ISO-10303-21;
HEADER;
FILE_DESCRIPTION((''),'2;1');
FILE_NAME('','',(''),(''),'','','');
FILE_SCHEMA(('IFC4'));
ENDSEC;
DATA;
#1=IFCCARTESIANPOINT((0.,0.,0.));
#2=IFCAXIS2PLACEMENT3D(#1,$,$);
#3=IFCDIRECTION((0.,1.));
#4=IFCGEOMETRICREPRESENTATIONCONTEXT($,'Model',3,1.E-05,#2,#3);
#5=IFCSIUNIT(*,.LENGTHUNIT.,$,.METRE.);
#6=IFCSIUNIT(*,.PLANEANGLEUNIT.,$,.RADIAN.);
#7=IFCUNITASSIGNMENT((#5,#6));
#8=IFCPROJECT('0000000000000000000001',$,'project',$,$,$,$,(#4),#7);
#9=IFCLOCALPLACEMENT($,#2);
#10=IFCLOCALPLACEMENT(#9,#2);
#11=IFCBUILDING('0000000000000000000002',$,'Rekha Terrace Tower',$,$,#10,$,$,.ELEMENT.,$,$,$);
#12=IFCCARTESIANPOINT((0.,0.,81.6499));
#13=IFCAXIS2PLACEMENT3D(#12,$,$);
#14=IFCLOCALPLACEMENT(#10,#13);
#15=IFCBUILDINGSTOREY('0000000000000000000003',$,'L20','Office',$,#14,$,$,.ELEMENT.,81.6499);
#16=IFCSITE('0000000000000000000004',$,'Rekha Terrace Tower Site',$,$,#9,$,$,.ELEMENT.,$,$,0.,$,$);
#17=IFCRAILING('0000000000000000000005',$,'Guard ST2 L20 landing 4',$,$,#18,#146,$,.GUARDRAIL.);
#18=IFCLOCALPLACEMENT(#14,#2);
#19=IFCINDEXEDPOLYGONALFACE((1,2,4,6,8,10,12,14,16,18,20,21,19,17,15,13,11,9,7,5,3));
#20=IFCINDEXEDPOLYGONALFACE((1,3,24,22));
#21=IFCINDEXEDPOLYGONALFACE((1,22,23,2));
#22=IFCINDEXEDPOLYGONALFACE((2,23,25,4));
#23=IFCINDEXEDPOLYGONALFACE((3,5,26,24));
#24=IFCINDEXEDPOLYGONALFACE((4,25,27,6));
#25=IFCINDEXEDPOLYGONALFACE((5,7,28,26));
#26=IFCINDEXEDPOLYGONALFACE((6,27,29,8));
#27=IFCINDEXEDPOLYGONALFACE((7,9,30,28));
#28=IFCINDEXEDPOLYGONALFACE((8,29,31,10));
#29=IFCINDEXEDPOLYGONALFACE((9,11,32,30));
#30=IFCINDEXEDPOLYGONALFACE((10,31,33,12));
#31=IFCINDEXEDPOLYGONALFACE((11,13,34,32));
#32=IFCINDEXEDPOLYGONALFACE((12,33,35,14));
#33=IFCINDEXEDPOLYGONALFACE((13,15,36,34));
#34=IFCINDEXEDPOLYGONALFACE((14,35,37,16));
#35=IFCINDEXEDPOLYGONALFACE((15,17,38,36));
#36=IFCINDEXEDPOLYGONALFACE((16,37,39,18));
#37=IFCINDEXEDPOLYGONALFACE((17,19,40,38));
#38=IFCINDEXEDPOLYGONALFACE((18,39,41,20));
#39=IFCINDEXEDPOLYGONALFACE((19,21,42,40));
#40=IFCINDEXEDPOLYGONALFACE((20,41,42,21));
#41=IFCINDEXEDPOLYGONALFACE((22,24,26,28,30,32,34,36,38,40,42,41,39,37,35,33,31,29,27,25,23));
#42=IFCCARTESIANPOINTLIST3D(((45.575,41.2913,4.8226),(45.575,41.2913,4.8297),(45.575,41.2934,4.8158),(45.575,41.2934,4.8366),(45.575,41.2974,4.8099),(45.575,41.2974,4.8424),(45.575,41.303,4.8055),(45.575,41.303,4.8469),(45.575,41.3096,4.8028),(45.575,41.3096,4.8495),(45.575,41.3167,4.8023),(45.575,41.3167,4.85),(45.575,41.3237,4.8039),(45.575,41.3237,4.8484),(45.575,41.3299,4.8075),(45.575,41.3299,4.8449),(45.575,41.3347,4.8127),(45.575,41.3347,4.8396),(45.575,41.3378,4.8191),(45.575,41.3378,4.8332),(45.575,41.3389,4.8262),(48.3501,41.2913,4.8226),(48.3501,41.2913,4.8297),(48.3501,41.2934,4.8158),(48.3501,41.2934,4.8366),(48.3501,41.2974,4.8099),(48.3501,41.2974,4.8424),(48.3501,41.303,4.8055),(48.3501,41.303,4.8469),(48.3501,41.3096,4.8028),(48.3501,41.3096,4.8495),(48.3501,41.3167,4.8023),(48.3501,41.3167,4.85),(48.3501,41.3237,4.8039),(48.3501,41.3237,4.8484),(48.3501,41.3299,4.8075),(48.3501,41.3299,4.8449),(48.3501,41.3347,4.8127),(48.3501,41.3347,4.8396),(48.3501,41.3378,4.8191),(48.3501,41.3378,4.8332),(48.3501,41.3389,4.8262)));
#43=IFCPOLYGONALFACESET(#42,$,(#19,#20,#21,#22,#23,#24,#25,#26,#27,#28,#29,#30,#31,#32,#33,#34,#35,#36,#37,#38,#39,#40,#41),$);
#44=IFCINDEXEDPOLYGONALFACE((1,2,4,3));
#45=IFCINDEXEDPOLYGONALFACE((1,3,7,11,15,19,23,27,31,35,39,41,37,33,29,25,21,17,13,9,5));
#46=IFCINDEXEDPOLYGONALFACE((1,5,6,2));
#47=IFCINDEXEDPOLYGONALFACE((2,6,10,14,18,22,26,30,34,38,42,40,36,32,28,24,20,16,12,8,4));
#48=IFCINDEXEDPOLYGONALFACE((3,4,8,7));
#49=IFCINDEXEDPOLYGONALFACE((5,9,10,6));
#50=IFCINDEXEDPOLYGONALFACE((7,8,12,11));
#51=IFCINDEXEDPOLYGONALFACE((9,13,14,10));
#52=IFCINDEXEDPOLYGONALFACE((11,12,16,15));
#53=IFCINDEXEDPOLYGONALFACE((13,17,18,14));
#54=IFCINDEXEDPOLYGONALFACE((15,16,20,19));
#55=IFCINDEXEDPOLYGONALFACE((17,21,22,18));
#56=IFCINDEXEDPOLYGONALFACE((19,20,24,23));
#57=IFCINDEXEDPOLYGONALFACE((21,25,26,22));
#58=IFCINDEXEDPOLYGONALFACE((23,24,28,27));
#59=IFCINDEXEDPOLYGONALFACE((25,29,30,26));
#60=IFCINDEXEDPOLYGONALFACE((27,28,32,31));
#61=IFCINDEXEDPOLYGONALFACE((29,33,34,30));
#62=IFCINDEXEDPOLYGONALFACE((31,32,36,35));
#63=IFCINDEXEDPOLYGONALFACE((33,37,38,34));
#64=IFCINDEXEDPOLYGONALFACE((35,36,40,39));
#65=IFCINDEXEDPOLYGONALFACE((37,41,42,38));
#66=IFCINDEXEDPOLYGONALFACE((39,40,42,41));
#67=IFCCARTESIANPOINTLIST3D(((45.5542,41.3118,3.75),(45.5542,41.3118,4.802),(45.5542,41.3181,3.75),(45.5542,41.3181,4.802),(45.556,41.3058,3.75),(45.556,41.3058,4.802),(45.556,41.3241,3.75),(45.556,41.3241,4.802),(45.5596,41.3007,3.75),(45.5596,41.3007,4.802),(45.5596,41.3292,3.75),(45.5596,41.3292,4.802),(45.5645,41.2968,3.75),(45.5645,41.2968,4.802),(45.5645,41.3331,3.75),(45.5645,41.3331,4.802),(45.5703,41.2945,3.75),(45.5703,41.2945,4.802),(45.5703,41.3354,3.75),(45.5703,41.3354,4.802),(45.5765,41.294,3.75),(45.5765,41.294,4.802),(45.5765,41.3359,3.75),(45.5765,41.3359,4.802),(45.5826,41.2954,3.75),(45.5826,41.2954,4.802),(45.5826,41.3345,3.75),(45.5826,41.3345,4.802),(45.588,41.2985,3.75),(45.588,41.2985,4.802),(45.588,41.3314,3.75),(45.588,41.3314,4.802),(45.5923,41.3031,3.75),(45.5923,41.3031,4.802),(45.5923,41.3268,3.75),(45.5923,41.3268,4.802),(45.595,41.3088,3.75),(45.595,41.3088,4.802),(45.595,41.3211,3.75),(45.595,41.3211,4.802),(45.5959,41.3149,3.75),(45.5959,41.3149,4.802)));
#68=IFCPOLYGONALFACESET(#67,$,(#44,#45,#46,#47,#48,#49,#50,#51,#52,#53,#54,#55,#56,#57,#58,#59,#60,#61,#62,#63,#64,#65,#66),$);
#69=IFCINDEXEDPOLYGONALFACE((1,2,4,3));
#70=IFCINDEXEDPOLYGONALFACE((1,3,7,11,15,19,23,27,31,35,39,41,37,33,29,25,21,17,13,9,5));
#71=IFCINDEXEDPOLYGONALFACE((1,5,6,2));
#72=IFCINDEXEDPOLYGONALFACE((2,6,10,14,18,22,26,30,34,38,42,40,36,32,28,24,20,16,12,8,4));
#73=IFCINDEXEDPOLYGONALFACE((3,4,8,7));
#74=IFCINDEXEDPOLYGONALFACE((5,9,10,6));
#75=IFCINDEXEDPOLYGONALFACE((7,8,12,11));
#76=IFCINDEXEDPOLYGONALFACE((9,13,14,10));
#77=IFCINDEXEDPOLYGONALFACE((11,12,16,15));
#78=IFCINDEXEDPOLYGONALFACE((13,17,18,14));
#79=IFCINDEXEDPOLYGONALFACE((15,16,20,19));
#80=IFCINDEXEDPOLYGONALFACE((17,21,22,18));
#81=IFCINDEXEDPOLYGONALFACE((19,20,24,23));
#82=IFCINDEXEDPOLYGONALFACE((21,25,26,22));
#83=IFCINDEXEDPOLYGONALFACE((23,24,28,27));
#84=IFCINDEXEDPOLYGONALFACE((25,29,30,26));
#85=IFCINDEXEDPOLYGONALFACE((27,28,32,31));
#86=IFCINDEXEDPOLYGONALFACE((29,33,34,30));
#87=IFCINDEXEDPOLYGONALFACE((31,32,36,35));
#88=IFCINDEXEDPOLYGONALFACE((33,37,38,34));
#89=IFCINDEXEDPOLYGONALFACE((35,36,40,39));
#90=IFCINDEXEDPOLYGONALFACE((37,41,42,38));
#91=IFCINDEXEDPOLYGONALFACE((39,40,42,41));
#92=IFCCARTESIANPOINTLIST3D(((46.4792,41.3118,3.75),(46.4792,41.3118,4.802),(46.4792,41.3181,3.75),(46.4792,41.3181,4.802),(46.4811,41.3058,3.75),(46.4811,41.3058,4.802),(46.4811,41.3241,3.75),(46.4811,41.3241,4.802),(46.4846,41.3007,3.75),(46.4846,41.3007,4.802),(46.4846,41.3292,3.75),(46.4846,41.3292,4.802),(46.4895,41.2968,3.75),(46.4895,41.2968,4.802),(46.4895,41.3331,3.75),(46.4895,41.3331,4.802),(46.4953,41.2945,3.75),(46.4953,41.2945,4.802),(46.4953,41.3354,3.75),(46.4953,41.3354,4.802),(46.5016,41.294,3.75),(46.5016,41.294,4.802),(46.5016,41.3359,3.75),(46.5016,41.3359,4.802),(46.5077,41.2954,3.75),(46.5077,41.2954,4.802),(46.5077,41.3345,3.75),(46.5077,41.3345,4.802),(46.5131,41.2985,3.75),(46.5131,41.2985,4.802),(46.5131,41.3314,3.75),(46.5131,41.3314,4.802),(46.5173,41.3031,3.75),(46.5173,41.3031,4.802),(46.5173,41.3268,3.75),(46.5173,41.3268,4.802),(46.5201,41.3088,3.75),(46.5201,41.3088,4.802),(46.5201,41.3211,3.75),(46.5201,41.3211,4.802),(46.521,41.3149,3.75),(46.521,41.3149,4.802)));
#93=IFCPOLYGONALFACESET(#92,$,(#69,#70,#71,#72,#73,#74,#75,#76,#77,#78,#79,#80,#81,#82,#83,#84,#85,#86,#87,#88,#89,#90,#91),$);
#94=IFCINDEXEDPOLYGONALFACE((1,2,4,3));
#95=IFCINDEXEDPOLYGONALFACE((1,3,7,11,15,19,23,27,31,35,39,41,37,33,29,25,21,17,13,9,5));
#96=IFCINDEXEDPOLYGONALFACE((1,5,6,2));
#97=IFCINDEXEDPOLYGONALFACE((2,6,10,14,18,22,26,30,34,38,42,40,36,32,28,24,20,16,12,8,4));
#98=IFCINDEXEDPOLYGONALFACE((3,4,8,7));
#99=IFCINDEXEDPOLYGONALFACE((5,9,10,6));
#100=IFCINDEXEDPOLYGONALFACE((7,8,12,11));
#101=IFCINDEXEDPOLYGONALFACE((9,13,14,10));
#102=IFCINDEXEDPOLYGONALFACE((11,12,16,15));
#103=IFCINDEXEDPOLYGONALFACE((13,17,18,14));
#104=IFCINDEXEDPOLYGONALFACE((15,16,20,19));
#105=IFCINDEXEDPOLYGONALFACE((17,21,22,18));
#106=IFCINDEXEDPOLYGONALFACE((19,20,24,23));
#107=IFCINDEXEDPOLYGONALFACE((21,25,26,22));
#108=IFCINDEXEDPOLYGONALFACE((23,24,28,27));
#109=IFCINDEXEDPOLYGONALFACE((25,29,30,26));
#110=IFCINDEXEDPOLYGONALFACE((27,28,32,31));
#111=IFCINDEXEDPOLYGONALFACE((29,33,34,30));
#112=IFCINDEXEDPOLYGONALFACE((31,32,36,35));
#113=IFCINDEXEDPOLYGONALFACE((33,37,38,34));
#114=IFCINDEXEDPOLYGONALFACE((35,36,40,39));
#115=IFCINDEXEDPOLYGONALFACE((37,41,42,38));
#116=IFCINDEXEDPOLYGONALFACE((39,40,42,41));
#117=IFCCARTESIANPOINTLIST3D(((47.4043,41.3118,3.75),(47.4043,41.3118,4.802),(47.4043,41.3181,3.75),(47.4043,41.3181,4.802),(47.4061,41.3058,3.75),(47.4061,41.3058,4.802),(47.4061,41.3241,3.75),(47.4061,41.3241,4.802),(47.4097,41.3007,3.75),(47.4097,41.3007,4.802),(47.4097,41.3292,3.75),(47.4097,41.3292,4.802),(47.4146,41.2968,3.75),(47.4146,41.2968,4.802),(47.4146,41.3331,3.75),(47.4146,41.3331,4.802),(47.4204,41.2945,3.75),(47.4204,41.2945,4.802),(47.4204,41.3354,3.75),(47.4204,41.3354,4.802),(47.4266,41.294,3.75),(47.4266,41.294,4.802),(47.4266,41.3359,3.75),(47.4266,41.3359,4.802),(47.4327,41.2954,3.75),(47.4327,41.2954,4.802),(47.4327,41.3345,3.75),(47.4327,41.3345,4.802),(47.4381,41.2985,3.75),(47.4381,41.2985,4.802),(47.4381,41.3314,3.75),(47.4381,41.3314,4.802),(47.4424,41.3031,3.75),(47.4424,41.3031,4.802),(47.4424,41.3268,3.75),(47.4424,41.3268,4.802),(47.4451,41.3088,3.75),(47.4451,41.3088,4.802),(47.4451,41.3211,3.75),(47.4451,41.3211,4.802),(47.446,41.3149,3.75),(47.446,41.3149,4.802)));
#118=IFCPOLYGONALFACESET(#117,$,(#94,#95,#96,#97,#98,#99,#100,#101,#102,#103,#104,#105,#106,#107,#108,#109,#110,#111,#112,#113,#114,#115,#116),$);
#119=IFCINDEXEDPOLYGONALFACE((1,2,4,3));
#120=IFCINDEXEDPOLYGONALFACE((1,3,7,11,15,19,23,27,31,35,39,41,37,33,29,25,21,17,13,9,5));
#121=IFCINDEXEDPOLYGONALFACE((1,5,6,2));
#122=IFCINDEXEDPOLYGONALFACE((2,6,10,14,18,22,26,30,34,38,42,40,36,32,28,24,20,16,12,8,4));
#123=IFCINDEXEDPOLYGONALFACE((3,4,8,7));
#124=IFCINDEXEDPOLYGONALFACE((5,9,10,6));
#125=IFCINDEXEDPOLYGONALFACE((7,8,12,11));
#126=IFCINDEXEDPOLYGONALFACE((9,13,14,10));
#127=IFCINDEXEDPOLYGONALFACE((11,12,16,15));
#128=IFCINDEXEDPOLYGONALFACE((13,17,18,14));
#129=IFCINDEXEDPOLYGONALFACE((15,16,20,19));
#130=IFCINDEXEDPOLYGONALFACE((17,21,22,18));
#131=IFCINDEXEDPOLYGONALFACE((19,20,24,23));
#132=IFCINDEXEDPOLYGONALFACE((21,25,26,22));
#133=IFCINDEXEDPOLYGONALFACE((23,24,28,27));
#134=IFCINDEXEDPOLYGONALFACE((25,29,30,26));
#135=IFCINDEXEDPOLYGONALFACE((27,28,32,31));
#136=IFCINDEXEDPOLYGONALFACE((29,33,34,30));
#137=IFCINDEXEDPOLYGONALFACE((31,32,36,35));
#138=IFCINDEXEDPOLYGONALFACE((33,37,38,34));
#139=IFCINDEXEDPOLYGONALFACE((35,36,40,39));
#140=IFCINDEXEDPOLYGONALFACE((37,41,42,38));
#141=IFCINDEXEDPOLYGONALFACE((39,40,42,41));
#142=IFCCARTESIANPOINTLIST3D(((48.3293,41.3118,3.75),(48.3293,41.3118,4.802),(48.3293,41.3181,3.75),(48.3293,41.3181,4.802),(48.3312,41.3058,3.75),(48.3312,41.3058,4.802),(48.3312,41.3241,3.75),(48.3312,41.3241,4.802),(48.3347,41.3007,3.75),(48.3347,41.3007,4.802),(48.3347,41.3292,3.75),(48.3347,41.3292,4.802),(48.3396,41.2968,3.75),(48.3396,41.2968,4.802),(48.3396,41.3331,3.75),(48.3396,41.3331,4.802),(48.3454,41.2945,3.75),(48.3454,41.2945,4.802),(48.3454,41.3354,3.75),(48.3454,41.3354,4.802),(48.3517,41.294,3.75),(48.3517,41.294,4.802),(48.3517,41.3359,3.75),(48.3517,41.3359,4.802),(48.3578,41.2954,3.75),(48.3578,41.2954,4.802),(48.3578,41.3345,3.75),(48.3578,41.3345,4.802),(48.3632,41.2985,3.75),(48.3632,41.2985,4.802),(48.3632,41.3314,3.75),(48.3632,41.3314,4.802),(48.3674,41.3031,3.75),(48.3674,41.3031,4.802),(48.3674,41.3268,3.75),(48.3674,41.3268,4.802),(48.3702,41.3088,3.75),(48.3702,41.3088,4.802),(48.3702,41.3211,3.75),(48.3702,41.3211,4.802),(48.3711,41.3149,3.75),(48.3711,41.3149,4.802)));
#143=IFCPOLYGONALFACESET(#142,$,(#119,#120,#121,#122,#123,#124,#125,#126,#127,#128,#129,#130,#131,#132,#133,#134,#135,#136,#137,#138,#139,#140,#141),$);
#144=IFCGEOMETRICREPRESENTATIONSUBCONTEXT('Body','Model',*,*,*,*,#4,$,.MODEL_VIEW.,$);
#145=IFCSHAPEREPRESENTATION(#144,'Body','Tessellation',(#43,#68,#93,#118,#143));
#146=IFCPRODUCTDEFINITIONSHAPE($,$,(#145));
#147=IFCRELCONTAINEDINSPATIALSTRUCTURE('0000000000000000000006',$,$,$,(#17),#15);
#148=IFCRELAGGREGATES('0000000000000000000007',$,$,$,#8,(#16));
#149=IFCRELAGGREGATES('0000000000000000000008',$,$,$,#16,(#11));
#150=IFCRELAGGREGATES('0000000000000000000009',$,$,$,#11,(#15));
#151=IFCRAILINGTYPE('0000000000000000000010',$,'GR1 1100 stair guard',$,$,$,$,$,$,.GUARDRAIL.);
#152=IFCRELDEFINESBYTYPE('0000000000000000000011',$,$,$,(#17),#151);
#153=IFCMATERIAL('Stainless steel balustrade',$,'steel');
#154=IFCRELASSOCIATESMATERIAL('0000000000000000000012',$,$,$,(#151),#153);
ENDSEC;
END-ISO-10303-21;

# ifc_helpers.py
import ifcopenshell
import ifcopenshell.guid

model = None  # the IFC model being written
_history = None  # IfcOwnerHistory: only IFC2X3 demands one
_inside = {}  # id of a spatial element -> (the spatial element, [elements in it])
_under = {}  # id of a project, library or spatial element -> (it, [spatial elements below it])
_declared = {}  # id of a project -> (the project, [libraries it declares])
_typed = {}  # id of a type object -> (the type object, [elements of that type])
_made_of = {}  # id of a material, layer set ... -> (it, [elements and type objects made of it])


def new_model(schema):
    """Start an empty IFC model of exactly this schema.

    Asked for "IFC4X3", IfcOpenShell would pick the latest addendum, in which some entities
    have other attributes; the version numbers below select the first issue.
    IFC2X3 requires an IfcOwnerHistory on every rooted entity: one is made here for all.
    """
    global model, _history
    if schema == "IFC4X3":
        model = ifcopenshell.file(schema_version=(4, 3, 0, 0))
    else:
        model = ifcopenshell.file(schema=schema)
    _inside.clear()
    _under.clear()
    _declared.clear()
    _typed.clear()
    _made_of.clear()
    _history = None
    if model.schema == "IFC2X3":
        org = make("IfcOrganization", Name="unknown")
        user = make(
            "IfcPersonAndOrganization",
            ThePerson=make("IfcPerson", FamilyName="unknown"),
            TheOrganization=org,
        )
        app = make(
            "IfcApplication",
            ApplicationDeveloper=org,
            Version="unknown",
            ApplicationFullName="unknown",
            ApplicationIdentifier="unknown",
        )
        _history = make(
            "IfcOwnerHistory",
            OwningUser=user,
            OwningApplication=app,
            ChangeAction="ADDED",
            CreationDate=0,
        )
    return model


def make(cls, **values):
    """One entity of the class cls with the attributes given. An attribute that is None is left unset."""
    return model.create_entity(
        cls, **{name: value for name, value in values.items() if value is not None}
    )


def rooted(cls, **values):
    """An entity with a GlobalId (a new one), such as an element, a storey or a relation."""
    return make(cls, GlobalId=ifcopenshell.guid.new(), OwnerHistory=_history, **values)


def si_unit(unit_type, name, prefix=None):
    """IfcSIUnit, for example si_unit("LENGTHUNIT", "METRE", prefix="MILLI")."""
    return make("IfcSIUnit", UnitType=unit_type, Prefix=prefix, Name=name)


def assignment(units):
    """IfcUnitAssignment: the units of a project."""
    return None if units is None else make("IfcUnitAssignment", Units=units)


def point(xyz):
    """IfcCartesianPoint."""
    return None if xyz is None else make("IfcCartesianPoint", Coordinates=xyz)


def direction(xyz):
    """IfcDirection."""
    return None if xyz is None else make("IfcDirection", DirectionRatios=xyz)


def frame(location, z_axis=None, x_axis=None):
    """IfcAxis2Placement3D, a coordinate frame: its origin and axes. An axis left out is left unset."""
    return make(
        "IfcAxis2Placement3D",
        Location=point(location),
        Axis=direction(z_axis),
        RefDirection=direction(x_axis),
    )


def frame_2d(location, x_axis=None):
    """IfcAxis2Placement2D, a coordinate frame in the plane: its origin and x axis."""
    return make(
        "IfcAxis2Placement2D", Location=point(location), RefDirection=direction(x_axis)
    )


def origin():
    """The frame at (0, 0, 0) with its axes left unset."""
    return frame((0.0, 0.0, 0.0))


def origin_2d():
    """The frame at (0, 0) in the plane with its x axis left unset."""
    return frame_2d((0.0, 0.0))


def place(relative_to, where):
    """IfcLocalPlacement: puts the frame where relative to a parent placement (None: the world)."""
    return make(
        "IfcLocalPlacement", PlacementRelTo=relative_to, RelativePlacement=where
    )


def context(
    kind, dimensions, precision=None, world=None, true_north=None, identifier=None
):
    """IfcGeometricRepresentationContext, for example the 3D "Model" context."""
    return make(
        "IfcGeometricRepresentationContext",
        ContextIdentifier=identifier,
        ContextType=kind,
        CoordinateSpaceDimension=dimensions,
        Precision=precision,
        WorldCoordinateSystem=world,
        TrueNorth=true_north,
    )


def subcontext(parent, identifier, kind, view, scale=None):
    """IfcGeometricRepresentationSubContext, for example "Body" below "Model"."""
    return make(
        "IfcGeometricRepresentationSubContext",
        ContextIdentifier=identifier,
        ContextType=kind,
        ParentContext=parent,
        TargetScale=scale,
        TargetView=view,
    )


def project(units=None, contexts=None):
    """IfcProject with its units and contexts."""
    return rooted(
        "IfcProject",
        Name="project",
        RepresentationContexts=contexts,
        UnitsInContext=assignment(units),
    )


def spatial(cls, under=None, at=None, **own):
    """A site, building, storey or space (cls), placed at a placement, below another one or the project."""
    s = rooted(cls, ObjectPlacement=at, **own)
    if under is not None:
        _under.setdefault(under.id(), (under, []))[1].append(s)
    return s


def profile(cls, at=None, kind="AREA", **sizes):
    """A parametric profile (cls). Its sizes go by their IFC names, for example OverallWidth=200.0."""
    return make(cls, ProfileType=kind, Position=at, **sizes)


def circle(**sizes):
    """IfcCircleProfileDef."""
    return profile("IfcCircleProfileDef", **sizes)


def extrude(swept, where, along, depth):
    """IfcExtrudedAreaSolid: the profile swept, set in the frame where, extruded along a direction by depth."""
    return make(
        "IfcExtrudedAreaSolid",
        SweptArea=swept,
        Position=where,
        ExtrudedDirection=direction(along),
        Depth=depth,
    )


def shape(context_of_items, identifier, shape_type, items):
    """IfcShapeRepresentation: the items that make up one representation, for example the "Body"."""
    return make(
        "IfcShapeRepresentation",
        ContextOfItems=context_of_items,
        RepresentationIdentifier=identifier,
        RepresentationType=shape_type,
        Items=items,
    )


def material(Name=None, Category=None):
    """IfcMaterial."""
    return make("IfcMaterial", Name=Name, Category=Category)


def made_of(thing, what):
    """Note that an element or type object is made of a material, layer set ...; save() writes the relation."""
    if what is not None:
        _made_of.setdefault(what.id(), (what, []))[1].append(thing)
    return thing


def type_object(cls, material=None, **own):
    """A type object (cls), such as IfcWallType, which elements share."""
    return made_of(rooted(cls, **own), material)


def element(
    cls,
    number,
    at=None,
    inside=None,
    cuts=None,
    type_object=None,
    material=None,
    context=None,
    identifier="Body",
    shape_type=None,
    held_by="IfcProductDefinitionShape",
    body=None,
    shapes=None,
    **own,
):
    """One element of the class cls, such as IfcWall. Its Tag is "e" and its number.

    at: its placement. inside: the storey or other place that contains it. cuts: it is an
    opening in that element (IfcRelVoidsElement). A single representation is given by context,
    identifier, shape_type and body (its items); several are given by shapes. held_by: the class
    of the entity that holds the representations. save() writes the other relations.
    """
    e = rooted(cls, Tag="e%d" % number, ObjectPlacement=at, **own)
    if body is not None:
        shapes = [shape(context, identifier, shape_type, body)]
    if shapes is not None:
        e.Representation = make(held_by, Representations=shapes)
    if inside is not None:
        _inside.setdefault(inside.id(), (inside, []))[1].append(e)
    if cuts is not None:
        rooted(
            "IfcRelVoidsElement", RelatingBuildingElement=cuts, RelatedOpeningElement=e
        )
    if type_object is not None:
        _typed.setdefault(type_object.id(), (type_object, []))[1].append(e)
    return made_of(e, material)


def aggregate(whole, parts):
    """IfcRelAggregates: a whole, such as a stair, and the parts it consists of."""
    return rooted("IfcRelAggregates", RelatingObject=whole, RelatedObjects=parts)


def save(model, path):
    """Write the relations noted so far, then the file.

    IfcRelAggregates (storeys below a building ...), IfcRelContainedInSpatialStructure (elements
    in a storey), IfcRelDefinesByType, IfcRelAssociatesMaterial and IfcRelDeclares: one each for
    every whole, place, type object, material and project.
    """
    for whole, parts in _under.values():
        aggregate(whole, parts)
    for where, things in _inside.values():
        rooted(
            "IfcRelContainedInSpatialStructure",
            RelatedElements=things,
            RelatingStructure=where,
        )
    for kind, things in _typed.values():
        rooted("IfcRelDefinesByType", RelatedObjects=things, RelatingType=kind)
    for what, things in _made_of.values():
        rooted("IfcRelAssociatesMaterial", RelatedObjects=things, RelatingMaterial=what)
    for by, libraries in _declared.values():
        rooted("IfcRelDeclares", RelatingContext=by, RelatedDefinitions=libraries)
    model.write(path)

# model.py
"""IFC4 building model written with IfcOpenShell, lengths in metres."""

from ifc_helpers import new_model, si_unit, direction, frame, origin, origin_2d, place, context, subcontext, project, spatial, circle, extrude, material, type_object, element, save


model = new_model("IFC4")

# Units and contexts
model_context = context("Model", 3, precision=1e-05, world=origin(), true_north=direction((0.0, 1.0)))
body_context = subcontext(model_context, "Body", "Model", "MODEL_VIEW")
ifc_project = project(units=[si_unit("LENGTHUNIT", "METRE"), si_unit("PLANEANGLEUNIT", "RADIAN")], contexts=[model_context])

# Site, building, storey
site_placement = place(None, origin())
site = spatial("IfcSite", under=ifc_project, at=site_placement, Name="Rekha Terrace Tower Site", CompositionType="ELEMENT", RefElevation=0.0)
building_placement = place(site_placement, origin())
building = spatial("IfcBuilding", under=site, at=building_placement, Name="Rekha Terrace Tower", CompositionType="ELEMENT")
storey_placement = place(building_placement, frame((0.0, 0.0, 81.6499)))
storey = spatial("IfcBuildingStorey", under=building, at=storey_placement, Name="L20", Description="Office", CompositionType="ELEMENT", Elevation=81.6499)

# Railing
ifc_material_1 = material(Name="Stainless steel balustrade", Category="steel")
railing_type_1 = type_object("IfcRailingType", Name="GR1 1100 stair guard", PredefinedType="GUARDRAIL", material=ifc_material_1)
railing_1_placement = place(storey_placement, frame((45.575, 41.3149, 3.75)))
element("IfcRailing", 1, at=railing_1_placement, inside=storey, type_object=railing_type_1, Name="Guard ST2 L20 landing 4", PredefinedType="GUARDRAIL", context=body_context, shape_type="SweptSolid", body=[
    extrude(circle(Radius=0.0239, at=origin_2d()), frame((0.0, 0.0, 1.0762), z_axis=(1.0, 0.0, 0.0), x_axis=(0.0, 1.0, 0.0)), (0.0, 0.0, 1.0), 2.7751),
    extrude(circle(Radius=0.021, at=origin_2d()), origin(), (0.0, 0.0, 1.0), 1.052),
    extrude(circle(Radius=0.021, at=origin_2d()), frame((0.925, 0.0, 0.0)), (0.0, 0.0, 1.0), 1.052),
    extrude(circle(Radius=0.021, at=origin_2d()), frame((1.8501, 0.0, 0.0)), (0.0, 0.0, 1.0), 1.052),
    extrude(circle(Radius=0.021, at=origin_2d()), frame((2.7751, 0.0, 0.0)), (0.0, 0.0, 1.0), 1.052),
])

save(model, "model.ifc")
